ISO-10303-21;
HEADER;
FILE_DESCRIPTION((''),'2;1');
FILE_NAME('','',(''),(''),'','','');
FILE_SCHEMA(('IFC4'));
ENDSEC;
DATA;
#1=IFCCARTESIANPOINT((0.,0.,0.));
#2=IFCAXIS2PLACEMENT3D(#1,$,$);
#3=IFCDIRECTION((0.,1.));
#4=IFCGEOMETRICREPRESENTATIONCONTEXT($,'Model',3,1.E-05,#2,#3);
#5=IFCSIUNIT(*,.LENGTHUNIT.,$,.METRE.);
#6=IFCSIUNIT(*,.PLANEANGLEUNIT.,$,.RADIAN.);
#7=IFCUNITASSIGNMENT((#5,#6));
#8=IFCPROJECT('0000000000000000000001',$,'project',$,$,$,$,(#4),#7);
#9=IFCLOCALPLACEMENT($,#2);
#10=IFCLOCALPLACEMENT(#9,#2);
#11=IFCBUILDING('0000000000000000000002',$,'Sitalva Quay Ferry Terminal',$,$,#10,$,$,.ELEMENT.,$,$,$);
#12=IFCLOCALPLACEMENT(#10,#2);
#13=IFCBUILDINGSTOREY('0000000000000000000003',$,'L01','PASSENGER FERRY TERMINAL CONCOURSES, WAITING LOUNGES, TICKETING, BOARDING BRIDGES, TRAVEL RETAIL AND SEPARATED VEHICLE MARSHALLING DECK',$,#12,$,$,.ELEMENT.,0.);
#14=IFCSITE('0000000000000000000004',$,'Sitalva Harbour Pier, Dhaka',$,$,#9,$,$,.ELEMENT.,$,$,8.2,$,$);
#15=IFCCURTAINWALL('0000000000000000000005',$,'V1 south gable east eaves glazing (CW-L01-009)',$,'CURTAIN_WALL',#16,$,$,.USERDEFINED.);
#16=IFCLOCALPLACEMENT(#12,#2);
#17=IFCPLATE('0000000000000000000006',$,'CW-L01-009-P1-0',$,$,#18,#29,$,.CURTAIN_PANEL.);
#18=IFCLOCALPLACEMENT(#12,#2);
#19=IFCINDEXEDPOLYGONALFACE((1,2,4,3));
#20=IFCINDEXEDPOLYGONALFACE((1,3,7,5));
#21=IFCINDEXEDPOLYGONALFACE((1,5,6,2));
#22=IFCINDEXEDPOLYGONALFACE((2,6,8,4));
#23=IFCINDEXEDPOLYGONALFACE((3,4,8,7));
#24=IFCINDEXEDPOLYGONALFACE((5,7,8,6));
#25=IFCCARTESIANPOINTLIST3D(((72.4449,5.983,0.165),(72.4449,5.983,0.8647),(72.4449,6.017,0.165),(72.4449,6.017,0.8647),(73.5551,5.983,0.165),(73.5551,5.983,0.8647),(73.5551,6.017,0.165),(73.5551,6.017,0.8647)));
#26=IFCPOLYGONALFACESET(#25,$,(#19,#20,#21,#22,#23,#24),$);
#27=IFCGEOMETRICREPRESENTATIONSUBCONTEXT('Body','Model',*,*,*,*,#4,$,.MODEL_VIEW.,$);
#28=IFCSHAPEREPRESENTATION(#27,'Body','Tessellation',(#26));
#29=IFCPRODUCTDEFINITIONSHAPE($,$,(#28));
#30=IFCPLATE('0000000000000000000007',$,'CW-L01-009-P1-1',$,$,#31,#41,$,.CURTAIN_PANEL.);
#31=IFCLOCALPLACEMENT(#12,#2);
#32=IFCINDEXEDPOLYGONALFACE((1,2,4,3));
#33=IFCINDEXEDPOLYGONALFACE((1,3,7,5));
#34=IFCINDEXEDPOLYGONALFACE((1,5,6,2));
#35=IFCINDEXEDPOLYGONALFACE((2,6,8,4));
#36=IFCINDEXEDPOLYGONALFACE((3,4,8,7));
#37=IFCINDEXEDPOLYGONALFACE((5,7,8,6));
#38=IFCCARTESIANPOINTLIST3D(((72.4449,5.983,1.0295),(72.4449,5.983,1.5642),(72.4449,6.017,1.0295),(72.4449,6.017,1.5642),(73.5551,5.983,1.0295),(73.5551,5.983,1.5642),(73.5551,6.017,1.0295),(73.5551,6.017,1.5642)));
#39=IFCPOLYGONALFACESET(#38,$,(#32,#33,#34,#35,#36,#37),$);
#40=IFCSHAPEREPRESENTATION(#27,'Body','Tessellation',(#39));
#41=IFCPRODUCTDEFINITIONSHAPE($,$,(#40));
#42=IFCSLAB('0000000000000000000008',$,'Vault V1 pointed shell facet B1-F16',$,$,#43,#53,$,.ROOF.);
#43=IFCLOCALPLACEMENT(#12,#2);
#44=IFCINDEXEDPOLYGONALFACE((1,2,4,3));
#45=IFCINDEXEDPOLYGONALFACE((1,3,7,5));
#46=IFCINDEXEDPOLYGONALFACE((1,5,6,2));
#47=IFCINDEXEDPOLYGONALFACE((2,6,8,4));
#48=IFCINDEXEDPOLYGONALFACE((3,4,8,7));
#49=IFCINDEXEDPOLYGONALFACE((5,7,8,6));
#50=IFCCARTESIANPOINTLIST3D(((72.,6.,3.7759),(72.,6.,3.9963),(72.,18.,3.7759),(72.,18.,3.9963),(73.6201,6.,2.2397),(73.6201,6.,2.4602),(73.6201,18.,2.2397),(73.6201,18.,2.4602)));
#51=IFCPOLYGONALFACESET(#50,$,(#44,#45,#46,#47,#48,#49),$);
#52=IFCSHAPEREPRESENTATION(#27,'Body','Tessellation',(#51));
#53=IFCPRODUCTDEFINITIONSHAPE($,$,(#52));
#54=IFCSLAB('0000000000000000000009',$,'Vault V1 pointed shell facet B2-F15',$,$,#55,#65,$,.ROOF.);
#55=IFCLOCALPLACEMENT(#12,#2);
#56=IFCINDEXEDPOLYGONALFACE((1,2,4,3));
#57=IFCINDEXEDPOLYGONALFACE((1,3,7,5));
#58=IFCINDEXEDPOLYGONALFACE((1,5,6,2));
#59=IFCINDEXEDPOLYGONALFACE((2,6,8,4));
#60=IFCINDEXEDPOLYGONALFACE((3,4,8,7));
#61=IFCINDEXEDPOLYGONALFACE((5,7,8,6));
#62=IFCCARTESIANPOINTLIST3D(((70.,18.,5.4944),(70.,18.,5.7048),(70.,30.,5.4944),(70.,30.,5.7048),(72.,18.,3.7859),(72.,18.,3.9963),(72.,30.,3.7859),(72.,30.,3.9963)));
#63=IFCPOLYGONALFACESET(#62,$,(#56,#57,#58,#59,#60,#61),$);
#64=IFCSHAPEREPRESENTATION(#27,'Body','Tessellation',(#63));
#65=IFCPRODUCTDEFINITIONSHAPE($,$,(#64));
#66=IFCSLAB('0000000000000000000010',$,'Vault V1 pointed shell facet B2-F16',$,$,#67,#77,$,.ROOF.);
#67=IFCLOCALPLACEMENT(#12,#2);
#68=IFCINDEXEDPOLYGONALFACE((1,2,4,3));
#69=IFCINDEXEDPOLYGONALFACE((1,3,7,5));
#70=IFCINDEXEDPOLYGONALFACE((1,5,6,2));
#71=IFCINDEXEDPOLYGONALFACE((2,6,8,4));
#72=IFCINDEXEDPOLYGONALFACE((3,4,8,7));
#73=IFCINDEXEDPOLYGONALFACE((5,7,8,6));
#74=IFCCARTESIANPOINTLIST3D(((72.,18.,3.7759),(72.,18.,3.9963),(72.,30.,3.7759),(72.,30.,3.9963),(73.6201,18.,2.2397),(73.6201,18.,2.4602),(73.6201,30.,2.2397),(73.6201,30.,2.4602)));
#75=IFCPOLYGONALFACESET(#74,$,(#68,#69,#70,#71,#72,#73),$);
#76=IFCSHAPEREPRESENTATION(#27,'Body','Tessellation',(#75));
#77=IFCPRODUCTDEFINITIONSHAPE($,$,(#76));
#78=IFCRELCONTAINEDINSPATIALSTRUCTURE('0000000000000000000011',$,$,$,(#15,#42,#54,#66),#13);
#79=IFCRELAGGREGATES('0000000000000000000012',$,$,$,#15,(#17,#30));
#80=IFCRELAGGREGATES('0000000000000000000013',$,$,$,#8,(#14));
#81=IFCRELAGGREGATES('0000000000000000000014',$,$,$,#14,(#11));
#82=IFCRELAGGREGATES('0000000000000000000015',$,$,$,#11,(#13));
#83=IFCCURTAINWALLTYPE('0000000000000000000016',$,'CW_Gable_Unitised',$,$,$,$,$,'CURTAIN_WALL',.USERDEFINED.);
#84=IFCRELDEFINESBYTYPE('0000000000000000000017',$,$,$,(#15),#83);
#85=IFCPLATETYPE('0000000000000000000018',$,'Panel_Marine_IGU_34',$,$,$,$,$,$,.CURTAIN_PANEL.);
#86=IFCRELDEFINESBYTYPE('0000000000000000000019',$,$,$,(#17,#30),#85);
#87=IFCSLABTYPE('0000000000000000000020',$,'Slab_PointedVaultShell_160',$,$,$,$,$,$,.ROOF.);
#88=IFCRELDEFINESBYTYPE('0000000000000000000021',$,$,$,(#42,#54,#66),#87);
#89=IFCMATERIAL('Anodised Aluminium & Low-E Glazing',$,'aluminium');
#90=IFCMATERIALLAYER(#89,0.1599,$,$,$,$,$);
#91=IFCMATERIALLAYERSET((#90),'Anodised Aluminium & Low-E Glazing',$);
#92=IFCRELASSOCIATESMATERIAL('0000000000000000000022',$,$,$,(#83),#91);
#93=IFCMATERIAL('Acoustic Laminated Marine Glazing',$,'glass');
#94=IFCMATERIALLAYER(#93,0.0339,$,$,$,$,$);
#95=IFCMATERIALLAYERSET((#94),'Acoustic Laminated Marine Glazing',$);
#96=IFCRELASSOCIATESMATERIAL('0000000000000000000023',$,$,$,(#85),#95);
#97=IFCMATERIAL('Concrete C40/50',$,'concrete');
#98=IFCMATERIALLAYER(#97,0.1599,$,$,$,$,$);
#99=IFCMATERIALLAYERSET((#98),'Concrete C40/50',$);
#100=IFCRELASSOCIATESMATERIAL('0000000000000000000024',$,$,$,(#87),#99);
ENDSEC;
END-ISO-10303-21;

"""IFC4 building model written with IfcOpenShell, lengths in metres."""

from ifc_helpers import new_model, si_unit, direction, frame, origin, origin_2d, place, context, subcontext, project, spatial, polyline, rectangle, outline, extrude, material, layer, layer_set, type_object, element, aggregate, save


model = new_model("IFC4")

# Units and contexts
model_context = context("Model", 3, precision=1e-05, world=origin(), true_north=direction((0.0, 1.0)))
body_context = subcontext(model_context, "Body", "Model", "MODEL_VIEW")
ifc_project = project(units=[si_unit("LENGTHUNIT", "METRE"), si_unit("PLANEANGLEUNIT", "RADIAN")], contexts=[model_context])

# Site, building, storey
site_placement = place(None, origin())
site = spatial("IfcSite", under=ifc_project, at=site_placement, Name="Sitalva Harbour Pier, Dhaka", CompositionType="ELEMENT", RefElevation=8.2)
building_placement = place(site_placement, origin())
building = spatial("IfcBuilding", under=site, at=building_placement, Name="Sitalva Quay Ferry Terminal", CompositionType="ELEMENT")
storey_placement = place(building_placement, origin())
storey = spatial("IfcBuildingStorey", under=building, at=storey_placement, Name="L01", Description="PASSENGER FERRY TERMINAL CONCOURSES, WAITING LOUNGES, TICKETING, BOARDING BRIDGES, TRAVEL RETAIL AND SEPARATED VEHICLE MARSHALLING DECK", CompositionType="ELEMENT", Elevation=0.0)

# Curtain wall, plates
ifc_material_1 = material(Name="Anodised Aluminium & Low-E Glazing", Category="aluminium")
ifc_layer_1 = layer(ifc_material_1, 0.1599)
ifc_layer_set_1 = layer_set([ifc_layer_1], Name="Anodised Aluminium & Low-E Glazing")
curtain_wall_type = type_object("IfcCurtainWallType", Name="CW_Gable_Unitised", ElementType="CURTAIN_WALL", PredefinedType="USERDEFINED", material=ifc_layer_set_1)
curtain_wall_placement = place(storey_placement, origin())
curtain_wall = element("IfcCurtainWall", 1, at=curtain_wall_placement, inside=storey, type_object=curtain_wall_type, Name="V1 south gable east eaves glazing (CW-L01-009)", ObjectType="CURTAIN_WALL", PredefinedType="USERDEFINED")
ifc_material_2 = material(Name="Acoustic Laminated Marine Glazing", Category="glass")
ifc_layer_2 = layer(ifc_material_2, 0.0339)
ifc_layer_set_2 = layer_set([ifc_layer_2], Name="Acoustic Laminated Marine Glazing")
plate_type = type_object("IfcPlateType", Name="Panel_Marine_IGU_34", PredefinedType="CURTAIN_PANEL", material=ifc_layer_set_2)
plate_1_placement = place(storey_placement, frame((73.0, 6.0, 0.165), z_axis=(0.0, 0.0, 1.0), x_axis=(1.0, 0.0, 0.0)))
plate_1 = element("IfcPlate", 2, at=plate_1_placement, type_object=plate_type, Name="CW-L01-009-P1-0", PredefinedType="CURTAIN_PANEL", context=body_context, shape_type="SweptSolid", body=[
    extrude(rectangle(XDim=1.1101, YDim=0.0339, at=origin_2d()), origin(), (0.0, 0.0, 1.0), 0.6997),
])
plate_2_placement = place(storey_placement, frame((73.0, 6.0, 1.0295), z_axis=(0.0, 0.0, 1.0), x_axis=(1.0, 0.0, 0.0)))
plate_2 = element("IfcPlate", 3, at=plate_2_placement, type_object=plate_type, Name="CW-L01-009-P1-1", PredefinedType="CURTAIN_PANEL", context=body_context, shape_type="SweptSolid", body=[
    extrude(rectangle(XDim=1.1101, YDim=0.0339, at=origin_2d()), origin(), (0.0, 0.0, 1.0), 0.5347),
])
aggregate(curtain_wall, [plate_1, plate_2])

# Slabs
ifc_material_3 = material(Name="Concrete C40/50", Category="concrete")
ifc_layer_3 = layer(ifc_material_3, 0.1599)
ifc_layer_set_3 = layer_set([ifc_layer_3], Name="Concrete C40/50")
slab_type = type_object("IfcSlabType", Name="Slab_PointedVaultShell_160", PredefinedType="ROOF", material=ifc_layer_set_3)
slab_1_placement = place(storey_placement, frame((72.0, 6.0, 3.9963), z_axis=(0.688048, 0.0, 0.725665), x_axis=(0.725665, 0.0, -0.688048)))
element("IfcSlab", 4, at=slab_1_placement, inside=storey, type_object=slab_type, Name="Vault V1 pointed shell facet B1-F16", PredefinedType="ROOF", context=body_context, shape_type="SweptSolid", body=[
    extrude(outline(polyline([(0.0, 0.0), (2.2326, 0.0), (2.2326, 12.0), (0.0, 12.0), (0.0, 0.0)])), origin(), (0.688048, 0.0, -0.725665), 0.2205),
])
slab_2_placement = place(storey_placement, frame((70.0, 18.0, 5.7048), z_axis=(0.649522, 0.0, 0.760343), x_axis=(0.760343, 0.0, -0.649522)))
element("IfcSlab", 5, at=slab_2_placement, inside=storey, type_object=slab_type, Name="Vault V1 pointed shell facet B2-F15", PredefinedType="ROOF", context=body_context, shape_type="SweptSolid", body=[
    extrude(outline(polyline([(0.0, 0.0), (2.6304, 0.0), (2.6304, 12.0), (0.0, 12.0), (0.0, 0.0)])), origin(), (0.649522, 0.0, -0.760343), 0.2104),
])
slab_3_placement = place(storey_placement, frame((72.0, 18.0, 3.9963), z_axis=(0.688048, 0.0, 0.725665), x_axis=(0.725665, 0.0, -0.688048)))
element("IfcSlab", 6, at=slab_3_placement, inside=storey, type_object=slab_type, Name="Vault V1 pointed shell facet B2-F16", PredefinedType="ROOF", context=body_context, shape_type="SweptSolid", body=[
    extrude(outline(polyline([(0.0, 0.0), (2.2326, 0.0), (2.2326, 12.0), (0.0, 12.0), (0.0, 0.0)])), origin(), (0.688048, 0.0, -0.725665), 0.2205),
])

save(model, "model.ifc")
